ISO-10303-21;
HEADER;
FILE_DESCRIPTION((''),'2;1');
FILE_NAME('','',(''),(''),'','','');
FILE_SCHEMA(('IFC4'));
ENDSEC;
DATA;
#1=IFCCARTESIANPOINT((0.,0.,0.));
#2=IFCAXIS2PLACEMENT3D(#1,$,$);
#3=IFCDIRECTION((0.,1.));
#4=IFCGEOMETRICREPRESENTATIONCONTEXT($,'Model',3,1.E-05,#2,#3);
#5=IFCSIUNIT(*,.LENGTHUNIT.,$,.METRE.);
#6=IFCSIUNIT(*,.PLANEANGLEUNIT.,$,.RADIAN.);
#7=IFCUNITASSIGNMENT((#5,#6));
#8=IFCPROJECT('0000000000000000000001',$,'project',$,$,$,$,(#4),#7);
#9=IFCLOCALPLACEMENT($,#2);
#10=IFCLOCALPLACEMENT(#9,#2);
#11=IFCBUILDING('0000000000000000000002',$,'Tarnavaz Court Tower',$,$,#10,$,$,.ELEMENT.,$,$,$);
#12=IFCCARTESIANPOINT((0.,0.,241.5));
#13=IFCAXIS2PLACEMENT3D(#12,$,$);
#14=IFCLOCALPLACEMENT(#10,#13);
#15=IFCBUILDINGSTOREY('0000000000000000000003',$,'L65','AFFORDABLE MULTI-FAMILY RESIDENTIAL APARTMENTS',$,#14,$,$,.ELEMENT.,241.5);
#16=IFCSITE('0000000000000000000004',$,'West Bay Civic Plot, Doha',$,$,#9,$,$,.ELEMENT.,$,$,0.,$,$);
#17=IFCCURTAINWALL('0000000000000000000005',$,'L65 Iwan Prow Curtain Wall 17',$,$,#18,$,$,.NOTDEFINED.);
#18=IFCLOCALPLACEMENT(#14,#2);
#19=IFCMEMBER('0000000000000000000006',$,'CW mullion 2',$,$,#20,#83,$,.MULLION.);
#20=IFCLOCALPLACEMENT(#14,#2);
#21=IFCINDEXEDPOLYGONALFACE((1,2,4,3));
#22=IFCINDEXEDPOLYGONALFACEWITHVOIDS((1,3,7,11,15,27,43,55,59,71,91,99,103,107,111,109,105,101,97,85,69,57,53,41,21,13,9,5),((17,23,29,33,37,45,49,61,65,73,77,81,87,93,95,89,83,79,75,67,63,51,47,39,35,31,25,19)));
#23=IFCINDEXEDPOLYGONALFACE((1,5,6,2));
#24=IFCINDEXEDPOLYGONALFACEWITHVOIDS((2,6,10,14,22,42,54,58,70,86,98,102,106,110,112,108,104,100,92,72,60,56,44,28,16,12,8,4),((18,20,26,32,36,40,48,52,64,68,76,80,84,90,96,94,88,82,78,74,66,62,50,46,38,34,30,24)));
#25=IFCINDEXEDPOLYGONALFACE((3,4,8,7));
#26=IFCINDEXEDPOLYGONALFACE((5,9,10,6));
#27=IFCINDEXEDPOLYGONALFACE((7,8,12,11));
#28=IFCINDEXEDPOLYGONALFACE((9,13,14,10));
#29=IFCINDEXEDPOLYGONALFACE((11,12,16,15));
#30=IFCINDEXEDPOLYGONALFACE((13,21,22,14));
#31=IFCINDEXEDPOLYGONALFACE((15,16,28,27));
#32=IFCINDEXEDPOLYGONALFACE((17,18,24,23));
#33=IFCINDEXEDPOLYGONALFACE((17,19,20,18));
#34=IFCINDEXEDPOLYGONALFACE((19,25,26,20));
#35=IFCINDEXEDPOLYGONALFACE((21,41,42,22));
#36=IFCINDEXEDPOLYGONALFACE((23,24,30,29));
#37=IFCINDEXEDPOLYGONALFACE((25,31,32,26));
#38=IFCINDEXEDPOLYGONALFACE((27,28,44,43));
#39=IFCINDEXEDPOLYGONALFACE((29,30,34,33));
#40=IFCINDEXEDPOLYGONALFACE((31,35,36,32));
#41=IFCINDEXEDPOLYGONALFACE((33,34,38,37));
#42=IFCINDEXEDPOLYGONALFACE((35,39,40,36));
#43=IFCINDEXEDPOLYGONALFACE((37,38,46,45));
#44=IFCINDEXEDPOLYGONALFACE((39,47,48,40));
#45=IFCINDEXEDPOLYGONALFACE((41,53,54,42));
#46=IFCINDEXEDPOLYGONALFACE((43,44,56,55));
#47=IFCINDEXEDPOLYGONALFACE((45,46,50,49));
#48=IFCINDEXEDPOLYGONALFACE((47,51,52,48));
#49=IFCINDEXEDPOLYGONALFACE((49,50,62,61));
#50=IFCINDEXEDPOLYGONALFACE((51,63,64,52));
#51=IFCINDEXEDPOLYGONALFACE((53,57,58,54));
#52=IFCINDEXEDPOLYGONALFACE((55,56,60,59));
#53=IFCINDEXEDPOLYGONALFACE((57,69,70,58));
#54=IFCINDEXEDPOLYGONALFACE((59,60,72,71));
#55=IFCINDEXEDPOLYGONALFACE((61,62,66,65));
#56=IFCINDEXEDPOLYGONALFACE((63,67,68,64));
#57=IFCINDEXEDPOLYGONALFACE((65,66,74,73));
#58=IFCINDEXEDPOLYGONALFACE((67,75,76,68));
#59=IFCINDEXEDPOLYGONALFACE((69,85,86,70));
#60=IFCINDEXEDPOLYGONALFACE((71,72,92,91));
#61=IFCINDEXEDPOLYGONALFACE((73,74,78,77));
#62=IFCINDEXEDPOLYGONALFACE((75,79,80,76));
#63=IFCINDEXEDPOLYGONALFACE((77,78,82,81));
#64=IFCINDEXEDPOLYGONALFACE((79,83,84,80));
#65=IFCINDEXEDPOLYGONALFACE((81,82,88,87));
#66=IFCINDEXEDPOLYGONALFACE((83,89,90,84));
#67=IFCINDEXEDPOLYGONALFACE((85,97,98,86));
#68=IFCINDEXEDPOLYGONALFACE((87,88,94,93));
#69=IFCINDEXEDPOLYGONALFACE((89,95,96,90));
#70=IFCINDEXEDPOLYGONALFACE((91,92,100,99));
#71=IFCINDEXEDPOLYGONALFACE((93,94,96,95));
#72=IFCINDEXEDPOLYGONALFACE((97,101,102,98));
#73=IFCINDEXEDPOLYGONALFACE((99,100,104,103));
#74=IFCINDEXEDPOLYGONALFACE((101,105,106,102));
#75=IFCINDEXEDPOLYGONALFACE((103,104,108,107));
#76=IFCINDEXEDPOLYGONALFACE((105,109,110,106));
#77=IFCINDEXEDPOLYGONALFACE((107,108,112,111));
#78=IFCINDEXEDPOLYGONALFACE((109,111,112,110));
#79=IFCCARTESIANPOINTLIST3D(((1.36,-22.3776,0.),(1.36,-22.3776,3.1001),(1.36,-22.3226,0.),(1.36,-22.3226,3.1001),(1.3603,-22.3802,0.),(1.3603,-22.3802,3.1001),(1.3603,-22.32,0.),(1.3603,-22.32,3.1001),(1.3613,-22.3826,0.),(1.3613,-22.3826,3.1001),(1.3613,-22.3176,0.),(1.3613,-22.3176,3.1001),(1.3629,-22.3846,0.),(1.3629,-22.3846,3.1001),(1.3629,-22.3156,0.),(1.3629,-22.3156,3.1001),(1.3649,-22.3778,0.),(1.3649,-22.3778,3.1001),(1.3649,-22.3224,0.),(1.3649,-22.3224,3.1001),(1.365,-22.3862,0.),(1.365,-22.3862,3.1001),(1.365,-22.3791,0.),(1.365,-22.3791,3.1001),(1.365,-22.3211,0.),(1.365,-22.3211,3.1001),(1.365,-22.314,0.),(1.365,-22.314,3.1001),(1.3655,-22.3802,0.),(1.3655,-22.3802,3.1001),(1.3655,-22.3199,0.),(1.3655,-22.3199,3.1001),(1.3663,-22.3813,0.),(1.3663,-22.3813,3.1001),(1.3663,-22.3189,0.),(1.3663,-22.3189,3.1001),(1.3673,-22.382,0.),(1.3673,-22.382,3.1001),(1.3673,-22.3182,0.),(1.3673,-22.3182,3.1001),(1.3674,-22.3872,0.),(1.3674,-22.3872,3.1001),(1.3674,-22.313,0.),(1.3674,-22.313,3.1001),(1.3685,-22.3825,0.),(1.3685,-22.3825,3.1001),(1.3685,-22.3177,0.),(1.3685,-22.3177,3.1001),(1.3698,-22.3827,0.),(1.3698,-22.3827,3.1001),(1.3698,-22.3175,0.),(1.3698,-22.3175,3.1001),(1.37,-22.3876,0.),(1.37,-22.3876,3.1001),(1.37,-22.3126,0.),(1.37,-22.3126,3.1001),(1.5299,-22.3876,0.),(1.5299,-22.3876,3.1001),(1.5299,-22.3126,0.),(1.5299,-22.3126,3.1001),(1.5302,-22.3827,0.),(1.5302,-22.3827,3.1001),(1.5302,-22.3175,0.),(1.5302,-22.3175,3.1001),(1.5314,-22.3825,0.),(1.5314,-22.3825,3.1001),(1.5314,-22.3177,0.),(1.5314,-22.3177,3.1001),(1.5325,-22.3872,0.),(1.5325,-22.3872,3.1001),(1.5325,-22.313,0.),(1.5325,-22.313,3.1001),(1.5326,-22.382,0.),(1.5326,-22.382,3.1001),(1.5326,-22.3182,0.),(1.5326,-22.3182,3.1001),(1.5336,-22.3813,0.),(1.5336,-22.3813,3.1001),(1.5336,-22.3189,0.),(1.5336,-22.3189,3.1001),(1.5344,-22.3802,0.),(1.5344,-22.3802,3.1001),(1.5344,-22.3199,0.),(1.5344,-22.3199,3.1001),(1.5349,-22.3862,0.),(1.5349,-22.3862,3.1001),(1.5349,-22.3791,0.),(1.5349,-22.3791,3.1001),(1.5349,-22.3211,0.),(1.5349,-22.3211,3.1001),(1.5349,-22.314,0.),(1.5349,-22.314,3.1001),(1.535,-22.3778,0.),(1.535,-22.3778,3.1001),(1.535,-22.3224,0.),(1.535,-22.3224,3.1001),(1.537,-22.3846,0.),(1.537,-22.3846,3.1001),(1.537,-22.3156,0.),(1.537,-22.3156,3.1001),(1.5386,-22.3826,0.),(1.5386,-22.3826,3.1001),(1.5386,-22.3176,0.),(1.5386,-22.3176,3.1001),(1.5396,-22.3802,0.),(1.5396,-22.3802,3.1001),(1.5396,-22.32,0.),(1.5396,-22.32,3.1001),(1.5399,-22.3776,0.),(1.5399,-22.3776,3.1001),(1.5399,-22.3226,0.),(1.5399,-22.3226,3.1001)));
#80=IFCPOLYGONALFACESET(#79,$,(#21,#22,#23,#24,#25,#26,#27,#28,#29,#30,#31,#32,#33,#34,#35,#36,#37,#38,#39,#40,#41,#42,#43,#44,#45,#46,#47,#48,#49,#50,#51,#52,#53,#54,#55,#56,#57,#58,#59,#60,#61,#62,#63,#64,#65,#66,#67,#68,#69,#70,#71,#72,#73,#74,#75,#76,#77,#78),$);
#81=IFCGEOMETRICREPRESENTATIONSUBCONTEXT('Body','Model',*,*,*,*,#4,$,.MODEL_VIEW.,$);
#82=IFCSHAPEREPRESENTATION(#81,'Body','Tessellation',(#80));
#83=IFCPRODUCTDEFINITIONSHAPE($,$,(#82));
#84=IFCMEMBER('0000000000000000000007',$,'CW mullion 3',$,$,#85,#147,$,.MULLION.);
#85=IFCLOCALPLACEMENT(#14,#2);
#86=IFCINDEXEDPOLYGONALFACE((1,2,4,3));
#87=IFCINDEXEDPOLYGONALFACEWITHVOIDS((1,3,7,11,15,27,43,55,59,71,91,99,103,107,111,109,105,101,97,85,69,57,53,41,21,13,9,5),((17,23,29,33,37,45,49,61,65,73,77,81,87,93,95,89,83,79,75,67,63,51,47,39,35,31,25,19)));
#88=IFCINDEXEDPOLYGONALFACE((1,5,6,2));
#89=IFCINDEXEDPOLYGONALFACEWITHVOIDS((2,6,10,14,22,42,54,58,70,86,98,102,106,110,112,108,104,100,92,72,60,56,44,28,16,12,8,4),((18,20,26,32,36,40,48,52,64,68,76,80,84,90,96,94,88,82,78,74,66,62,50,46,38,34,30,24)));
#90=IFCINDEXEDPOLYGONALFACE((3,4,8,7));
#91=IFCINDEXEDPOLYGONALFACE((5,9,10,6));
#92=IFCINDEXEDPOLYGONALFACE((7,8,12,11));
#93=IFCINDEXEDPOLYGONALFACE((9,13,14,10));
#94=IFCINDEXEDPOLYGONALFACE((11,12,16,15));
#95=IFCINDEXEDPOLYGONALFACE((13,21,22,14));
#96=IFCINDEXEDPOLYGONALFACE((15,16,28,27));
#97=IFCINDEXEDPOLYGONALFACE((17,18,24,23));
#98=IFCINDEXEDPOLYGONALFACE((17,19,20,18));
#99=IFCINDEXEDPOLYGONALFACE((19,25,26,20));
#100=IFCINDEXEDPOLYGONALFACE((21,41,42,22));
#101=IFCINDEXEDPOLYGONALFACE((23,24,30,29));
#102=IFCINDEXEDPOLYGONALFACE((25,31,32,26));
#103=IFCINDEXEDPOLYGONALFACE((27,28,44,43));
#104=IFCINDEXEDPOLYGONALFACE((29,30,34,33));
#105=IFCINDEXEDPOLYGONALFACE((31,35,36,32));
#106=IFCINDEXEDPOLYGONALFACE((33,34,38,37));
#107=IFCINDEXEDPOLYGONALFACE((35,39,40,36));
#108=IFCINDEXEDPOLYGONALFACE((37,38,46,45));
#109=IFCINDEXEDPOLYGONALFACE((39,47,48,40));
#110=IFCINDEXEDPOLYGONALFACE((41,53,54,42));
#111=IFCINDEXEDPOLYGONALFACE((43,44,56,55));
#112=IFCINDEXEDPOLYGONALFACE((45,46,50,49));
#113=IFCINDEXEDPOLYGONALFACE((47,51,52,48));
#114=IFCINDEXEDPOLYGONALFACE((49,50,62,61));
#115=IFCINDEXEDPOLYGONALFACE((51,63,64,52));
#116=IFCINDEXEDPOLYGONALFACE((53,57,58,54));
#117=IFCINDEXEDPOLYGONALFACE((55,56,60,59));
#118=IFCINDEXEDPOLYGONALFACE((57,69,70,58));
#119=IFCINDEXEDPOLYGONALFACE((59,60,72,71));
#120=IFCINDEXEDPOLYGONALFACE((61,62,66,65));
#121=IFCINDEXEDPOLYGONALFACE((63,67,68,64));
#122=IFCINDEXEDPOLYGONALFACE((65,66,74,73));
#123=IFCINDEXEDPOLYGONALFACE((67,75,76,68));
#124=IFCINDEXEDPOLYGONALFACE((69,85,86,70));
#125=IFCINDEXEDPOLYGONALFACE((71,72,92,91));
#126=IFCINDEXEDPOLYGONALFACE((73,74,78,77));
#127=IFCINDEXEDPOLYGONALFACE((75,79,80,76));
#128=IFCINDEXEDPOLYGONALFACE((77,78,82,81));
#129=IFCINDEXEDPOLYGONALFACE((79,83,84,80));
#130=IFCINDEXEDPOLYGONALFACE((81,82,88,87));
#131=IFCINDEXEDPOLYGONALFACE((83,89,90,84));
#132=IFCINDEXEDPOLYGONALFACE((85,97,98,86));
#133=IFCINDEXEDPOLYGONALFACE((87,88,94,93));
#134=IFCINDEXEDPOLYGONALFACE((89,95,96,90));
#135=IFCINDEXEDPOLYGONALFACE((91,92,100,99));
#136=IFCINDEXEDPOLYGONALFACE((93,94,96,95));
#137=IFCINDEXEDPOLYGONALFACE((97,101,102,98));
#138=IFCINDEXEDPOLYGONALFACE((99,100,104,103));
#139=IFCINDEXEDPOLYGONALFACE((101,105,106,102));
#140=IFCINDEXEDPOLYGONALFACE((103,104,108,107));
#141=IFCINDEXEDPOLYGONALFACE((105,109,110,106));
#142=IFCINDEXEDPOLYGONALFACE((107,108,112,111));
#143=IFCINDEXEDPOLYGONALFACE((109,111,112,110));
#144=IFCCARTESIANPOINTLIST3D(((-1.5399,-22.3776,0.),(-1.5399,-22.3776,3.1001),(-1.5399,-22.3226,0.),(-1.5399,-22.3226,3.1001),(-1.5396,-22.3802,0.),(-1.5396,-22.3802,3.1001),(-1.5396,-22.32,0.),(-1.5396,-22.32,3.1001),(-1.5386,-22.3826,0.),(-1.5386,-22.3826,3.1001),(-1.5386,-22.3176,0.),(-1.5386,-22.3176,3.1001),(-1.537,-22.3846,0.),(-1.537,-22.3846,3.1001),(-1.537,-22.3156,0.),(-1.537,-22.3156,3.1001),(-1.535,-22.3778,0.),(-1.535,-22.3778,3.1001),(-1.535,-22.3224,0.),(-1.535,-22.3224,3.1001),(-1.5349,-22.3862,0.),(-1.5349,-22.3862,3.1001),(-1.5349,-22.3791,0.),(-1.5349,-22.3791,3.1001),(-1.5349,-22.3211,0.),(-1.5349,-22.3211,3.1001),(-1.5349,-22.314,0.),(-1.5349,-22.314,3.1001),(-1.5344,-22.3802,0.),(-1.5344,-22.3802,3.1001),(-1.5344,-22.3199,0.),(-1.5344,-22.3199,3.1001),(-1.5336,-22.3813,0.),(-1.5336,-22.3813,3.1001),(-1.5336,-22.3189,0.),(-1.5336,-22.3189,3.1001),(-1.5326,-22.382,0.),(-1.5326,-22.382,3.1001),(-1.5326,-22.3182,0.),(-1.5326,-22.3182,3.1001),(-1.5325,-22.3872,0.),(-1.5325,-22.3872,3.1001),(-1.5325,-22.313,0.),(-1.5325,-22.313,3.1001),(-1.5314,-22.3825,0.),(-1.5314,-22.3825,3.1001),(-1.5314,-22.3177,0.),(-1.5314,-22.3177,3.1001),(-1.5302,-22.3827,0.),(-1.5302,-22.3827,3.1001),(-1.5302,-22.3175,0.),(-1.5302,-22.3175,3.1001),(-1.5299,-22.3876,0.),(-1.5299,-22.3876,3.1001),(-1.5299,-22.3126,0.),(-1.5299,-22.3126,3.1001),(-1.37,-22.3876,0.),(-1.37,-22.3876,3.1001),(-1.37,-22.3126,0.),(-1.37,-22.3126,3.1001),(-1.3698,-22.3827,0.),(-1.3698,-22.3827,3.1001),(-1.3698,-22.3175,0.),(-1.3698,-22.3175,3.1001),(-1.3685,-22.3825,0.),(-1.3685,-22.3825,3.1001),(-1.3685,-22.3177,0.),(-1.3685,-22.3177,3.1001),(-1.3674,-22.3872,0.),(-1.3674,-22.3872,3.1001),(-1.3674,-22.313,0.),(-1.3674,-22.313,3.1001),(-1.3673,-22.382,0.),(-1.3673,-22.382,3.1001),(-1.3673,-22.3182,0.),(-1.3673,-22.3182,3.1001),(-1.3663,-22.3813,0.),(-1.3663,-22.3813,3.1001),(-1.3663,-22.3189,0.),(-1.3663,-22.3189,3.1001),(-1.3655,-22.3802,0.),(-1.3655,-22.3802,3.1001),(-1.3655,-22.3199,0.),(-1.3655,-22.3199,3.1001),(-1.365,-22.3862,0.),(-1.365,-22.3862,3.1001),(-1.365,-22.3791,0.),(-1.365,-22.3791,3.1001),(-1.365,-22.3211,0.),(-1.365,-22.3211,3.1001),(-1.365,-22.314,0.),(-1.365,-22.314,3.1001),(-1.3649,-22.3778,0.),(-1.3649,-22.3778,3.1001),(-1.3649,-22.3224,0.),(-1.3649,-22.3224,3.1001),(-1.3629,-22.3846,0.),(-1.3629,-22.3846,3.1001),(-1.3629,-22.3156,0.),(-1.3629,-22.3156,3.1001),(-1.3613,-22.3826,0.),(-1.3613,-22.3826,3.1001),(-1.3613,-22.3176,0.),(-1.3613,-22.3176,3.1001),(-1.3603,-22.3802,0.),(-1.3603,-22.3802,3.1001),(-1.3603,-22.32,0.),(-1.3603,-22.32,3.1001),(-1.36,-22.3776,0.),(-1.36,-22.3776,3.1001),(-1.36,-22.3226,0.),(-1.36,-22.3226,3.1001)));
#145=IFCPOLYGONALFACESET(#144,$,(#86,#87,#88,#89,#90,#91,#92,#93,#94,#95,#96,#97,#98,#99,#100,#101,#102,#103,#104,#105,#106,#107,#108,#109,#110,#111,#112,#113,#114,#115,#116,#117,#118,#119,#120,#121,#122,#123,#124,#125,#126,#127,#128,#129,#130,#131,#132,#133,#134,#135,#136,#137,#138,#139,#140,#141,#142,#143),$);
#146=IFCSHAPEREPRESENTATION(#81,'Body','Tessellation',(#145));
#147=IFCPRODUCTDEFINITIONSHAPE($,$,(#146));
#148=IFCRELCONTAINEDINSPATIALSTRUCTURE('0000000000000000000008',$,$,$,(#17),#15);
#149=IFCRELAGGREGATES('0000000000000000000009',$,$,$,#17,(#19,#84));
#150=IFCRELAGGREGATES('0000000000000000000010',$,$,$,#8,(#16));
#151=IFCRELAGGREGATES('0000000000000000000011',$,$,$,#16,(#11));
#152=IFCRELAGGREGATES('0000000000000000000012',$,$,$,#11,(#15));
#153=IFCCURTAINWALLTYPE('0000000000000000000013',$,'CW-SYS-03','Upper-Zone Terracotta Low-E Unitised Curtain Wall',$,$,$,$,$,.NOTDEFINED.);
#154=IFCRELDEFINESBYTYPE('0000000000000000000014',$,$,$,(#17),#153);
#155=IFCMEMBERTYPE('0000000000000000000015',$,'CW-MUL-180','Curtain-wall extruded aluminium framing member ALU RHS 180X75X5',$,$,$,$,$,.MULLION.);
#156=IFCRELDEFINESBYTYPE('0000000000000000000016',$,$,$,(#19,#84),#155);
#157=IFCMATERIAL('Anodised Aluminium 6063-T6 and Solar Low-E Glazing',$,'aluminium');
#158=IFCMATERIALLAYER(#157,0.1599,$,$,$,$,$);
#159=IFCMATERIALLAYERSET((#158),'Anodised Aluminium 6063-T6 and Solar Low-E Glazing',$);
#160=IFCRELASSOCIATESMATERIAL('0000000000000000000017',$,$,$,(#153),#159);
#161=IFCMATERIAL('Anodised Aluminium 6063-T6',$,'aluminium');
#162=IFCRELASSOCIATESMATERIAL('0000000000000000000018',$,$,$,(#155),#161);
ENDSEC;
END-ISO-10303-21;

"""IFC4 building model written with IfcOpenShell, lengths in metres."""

from ifc_helpers import new_model, si_unit, direction, frame, origin, origin_2d, place, context, subcontext, project, spatial, hollow_rectangle, extrude, material, layer, layer_set, material_profile, profile_set, type_object, element, aggregate, save


model = new_model("IFC4")

# Units and contexts
model_context = context("Model", 3, precision=1e-05, world=origin(), true_north=direction((0.0, 1.0)))
body_context = subcontext(model_context, "Body", "Model", "MODEL_VIEW")
ifc_project = project(units=[si_unit("LENGTHUNIT", "METRE"), si_unit("PLANEANGLEUNIT", "RADIAN")], contexts=[model_context])

# Site, building, storey
site_placement = place(None, origin())
site = spatial("IfcSite", under=ifc_project, at=site_placement, Name="West Bay Civic Plot, Doha", CompositionType="ELEMENT", RefElevation=0.0)
building_placement = place(site_placement, origin())
building = spatial("IfcBuilding", under=site, at=building_placement, Name="Tarnavaz Court Tower", CompositionType="ELEMENT")
storey_placement = place(building_placement, frame((0.0, 0.0, 241.5)))
storey = spatial("IfcBuildingStorey", under=building, at=storey_placement, Name="L65", Description="AFFORDABLE MULTI-FAMILY RESIDENTIAL APARTMENTS", CompositionType="ELEMENT", Elevation=241.5)

# Curtain wall, members
ifc_material_1 = material(Name="Anodised Aluminium 6063-T6 and Solar Low-E Glazing", Category="aluminium")
ifc_layer_1 = layer(ifc_material_1, 0.1599)
ifc_layer_set_1 = layer_set([ifc_layer_1], Name="Anodised Aluminium 6063-T6 and Solar Low-E Glazing")
curtain_wall_type = type_object("IfcCurtainWallType", Name="CW-SYS-03", Description="Upper-Zone Terracotta Low-E Unitised Curtain Wall", PredefinedType="NOTDEFINED", material=ifc_layer_set_1)
curtain_wall_placement = place(storey_placement, origin())
curtain_wall = element("IfcCurtainWall", 1, at=curtain_wall_placement, inside=storey, type_object=curtain_wall_type, Name="L65 Iwan Prow Curtain Wall 17", PredefinedType="NOTDEFINED")
ifc_material_2 = material(Name="Anodised Aluminium 6063-T6", Category="aluminium")
ifc_material_profile_1 = material_profile(ifc_material_2, hollow_rectangle(XDim=0.075, YDim=0.1799, WallThickness=0.0049, InnerFilletRadius=0.0049, OuterFilletRadius=0.01, at=origin_2d()), Name="ALU RHS 180X75X5")
ifc_profile_set_1 = profile_set([ifc_material_profile_1], Name="Anodised Aluminium 6063-T6")
member_type_1 = type_object("IfcMemberType", Name="CW-MUL-180", Description="Curtain-wall extruded aluminium framing member ALU RHS 180X75X5", PredefinedType="MULLION", material=ifc_profile_set_1)
member_1_placement = place(storey_placement, frame((1.45, -22.3501, 0.0), z_axis=(0.0, 0.0, 1.0), x_axis=(0.0, -1.0, 0.0)))
member_1 = element("IfcMember", 2, at=member_1_placement, type_object=member_type_1, Name="CW mullion 2", PredefinedType="MULLION", context=body_context, shape_type="SweptSolid", body=[
    extrude(hollow_rectangle(XDim=0.075, YDim=0.1799, WallThickness=0.0049, InnerFilletRadius=0.0049, OuterFilletRadius=0.01, at=origin_2d()), origin(), (0.0, 0.0, 1.0), 3.1001),
])
member_2_placement = place(storey_placement, frame((-1.45, -22.3501, 0.0), z_axis=(0.0, 0.0, 1.0), x_axis=(0.0, -1.0, 0.0)))
member_2 = element("IfcMember", 3, at=member_2_placement, type_object=member_type_1, Name="CW mullion 3", PredefinedType="MULLION", context=body_context, shape_type="SweptSolid", body=[
    extrude(hollow_rectangle(XDim=0.075, YDim=0.1799, WallThickness=0.0049, InnerFilletRadius=0.0049, OuterFilletRadius=0.01, at=origin_2d()), origin(), (0.0, 0.0, 1.0), 3.1001),
])
aggregate(curtain_wall, [member_1, member_2])

save(model, "model.ifc")
